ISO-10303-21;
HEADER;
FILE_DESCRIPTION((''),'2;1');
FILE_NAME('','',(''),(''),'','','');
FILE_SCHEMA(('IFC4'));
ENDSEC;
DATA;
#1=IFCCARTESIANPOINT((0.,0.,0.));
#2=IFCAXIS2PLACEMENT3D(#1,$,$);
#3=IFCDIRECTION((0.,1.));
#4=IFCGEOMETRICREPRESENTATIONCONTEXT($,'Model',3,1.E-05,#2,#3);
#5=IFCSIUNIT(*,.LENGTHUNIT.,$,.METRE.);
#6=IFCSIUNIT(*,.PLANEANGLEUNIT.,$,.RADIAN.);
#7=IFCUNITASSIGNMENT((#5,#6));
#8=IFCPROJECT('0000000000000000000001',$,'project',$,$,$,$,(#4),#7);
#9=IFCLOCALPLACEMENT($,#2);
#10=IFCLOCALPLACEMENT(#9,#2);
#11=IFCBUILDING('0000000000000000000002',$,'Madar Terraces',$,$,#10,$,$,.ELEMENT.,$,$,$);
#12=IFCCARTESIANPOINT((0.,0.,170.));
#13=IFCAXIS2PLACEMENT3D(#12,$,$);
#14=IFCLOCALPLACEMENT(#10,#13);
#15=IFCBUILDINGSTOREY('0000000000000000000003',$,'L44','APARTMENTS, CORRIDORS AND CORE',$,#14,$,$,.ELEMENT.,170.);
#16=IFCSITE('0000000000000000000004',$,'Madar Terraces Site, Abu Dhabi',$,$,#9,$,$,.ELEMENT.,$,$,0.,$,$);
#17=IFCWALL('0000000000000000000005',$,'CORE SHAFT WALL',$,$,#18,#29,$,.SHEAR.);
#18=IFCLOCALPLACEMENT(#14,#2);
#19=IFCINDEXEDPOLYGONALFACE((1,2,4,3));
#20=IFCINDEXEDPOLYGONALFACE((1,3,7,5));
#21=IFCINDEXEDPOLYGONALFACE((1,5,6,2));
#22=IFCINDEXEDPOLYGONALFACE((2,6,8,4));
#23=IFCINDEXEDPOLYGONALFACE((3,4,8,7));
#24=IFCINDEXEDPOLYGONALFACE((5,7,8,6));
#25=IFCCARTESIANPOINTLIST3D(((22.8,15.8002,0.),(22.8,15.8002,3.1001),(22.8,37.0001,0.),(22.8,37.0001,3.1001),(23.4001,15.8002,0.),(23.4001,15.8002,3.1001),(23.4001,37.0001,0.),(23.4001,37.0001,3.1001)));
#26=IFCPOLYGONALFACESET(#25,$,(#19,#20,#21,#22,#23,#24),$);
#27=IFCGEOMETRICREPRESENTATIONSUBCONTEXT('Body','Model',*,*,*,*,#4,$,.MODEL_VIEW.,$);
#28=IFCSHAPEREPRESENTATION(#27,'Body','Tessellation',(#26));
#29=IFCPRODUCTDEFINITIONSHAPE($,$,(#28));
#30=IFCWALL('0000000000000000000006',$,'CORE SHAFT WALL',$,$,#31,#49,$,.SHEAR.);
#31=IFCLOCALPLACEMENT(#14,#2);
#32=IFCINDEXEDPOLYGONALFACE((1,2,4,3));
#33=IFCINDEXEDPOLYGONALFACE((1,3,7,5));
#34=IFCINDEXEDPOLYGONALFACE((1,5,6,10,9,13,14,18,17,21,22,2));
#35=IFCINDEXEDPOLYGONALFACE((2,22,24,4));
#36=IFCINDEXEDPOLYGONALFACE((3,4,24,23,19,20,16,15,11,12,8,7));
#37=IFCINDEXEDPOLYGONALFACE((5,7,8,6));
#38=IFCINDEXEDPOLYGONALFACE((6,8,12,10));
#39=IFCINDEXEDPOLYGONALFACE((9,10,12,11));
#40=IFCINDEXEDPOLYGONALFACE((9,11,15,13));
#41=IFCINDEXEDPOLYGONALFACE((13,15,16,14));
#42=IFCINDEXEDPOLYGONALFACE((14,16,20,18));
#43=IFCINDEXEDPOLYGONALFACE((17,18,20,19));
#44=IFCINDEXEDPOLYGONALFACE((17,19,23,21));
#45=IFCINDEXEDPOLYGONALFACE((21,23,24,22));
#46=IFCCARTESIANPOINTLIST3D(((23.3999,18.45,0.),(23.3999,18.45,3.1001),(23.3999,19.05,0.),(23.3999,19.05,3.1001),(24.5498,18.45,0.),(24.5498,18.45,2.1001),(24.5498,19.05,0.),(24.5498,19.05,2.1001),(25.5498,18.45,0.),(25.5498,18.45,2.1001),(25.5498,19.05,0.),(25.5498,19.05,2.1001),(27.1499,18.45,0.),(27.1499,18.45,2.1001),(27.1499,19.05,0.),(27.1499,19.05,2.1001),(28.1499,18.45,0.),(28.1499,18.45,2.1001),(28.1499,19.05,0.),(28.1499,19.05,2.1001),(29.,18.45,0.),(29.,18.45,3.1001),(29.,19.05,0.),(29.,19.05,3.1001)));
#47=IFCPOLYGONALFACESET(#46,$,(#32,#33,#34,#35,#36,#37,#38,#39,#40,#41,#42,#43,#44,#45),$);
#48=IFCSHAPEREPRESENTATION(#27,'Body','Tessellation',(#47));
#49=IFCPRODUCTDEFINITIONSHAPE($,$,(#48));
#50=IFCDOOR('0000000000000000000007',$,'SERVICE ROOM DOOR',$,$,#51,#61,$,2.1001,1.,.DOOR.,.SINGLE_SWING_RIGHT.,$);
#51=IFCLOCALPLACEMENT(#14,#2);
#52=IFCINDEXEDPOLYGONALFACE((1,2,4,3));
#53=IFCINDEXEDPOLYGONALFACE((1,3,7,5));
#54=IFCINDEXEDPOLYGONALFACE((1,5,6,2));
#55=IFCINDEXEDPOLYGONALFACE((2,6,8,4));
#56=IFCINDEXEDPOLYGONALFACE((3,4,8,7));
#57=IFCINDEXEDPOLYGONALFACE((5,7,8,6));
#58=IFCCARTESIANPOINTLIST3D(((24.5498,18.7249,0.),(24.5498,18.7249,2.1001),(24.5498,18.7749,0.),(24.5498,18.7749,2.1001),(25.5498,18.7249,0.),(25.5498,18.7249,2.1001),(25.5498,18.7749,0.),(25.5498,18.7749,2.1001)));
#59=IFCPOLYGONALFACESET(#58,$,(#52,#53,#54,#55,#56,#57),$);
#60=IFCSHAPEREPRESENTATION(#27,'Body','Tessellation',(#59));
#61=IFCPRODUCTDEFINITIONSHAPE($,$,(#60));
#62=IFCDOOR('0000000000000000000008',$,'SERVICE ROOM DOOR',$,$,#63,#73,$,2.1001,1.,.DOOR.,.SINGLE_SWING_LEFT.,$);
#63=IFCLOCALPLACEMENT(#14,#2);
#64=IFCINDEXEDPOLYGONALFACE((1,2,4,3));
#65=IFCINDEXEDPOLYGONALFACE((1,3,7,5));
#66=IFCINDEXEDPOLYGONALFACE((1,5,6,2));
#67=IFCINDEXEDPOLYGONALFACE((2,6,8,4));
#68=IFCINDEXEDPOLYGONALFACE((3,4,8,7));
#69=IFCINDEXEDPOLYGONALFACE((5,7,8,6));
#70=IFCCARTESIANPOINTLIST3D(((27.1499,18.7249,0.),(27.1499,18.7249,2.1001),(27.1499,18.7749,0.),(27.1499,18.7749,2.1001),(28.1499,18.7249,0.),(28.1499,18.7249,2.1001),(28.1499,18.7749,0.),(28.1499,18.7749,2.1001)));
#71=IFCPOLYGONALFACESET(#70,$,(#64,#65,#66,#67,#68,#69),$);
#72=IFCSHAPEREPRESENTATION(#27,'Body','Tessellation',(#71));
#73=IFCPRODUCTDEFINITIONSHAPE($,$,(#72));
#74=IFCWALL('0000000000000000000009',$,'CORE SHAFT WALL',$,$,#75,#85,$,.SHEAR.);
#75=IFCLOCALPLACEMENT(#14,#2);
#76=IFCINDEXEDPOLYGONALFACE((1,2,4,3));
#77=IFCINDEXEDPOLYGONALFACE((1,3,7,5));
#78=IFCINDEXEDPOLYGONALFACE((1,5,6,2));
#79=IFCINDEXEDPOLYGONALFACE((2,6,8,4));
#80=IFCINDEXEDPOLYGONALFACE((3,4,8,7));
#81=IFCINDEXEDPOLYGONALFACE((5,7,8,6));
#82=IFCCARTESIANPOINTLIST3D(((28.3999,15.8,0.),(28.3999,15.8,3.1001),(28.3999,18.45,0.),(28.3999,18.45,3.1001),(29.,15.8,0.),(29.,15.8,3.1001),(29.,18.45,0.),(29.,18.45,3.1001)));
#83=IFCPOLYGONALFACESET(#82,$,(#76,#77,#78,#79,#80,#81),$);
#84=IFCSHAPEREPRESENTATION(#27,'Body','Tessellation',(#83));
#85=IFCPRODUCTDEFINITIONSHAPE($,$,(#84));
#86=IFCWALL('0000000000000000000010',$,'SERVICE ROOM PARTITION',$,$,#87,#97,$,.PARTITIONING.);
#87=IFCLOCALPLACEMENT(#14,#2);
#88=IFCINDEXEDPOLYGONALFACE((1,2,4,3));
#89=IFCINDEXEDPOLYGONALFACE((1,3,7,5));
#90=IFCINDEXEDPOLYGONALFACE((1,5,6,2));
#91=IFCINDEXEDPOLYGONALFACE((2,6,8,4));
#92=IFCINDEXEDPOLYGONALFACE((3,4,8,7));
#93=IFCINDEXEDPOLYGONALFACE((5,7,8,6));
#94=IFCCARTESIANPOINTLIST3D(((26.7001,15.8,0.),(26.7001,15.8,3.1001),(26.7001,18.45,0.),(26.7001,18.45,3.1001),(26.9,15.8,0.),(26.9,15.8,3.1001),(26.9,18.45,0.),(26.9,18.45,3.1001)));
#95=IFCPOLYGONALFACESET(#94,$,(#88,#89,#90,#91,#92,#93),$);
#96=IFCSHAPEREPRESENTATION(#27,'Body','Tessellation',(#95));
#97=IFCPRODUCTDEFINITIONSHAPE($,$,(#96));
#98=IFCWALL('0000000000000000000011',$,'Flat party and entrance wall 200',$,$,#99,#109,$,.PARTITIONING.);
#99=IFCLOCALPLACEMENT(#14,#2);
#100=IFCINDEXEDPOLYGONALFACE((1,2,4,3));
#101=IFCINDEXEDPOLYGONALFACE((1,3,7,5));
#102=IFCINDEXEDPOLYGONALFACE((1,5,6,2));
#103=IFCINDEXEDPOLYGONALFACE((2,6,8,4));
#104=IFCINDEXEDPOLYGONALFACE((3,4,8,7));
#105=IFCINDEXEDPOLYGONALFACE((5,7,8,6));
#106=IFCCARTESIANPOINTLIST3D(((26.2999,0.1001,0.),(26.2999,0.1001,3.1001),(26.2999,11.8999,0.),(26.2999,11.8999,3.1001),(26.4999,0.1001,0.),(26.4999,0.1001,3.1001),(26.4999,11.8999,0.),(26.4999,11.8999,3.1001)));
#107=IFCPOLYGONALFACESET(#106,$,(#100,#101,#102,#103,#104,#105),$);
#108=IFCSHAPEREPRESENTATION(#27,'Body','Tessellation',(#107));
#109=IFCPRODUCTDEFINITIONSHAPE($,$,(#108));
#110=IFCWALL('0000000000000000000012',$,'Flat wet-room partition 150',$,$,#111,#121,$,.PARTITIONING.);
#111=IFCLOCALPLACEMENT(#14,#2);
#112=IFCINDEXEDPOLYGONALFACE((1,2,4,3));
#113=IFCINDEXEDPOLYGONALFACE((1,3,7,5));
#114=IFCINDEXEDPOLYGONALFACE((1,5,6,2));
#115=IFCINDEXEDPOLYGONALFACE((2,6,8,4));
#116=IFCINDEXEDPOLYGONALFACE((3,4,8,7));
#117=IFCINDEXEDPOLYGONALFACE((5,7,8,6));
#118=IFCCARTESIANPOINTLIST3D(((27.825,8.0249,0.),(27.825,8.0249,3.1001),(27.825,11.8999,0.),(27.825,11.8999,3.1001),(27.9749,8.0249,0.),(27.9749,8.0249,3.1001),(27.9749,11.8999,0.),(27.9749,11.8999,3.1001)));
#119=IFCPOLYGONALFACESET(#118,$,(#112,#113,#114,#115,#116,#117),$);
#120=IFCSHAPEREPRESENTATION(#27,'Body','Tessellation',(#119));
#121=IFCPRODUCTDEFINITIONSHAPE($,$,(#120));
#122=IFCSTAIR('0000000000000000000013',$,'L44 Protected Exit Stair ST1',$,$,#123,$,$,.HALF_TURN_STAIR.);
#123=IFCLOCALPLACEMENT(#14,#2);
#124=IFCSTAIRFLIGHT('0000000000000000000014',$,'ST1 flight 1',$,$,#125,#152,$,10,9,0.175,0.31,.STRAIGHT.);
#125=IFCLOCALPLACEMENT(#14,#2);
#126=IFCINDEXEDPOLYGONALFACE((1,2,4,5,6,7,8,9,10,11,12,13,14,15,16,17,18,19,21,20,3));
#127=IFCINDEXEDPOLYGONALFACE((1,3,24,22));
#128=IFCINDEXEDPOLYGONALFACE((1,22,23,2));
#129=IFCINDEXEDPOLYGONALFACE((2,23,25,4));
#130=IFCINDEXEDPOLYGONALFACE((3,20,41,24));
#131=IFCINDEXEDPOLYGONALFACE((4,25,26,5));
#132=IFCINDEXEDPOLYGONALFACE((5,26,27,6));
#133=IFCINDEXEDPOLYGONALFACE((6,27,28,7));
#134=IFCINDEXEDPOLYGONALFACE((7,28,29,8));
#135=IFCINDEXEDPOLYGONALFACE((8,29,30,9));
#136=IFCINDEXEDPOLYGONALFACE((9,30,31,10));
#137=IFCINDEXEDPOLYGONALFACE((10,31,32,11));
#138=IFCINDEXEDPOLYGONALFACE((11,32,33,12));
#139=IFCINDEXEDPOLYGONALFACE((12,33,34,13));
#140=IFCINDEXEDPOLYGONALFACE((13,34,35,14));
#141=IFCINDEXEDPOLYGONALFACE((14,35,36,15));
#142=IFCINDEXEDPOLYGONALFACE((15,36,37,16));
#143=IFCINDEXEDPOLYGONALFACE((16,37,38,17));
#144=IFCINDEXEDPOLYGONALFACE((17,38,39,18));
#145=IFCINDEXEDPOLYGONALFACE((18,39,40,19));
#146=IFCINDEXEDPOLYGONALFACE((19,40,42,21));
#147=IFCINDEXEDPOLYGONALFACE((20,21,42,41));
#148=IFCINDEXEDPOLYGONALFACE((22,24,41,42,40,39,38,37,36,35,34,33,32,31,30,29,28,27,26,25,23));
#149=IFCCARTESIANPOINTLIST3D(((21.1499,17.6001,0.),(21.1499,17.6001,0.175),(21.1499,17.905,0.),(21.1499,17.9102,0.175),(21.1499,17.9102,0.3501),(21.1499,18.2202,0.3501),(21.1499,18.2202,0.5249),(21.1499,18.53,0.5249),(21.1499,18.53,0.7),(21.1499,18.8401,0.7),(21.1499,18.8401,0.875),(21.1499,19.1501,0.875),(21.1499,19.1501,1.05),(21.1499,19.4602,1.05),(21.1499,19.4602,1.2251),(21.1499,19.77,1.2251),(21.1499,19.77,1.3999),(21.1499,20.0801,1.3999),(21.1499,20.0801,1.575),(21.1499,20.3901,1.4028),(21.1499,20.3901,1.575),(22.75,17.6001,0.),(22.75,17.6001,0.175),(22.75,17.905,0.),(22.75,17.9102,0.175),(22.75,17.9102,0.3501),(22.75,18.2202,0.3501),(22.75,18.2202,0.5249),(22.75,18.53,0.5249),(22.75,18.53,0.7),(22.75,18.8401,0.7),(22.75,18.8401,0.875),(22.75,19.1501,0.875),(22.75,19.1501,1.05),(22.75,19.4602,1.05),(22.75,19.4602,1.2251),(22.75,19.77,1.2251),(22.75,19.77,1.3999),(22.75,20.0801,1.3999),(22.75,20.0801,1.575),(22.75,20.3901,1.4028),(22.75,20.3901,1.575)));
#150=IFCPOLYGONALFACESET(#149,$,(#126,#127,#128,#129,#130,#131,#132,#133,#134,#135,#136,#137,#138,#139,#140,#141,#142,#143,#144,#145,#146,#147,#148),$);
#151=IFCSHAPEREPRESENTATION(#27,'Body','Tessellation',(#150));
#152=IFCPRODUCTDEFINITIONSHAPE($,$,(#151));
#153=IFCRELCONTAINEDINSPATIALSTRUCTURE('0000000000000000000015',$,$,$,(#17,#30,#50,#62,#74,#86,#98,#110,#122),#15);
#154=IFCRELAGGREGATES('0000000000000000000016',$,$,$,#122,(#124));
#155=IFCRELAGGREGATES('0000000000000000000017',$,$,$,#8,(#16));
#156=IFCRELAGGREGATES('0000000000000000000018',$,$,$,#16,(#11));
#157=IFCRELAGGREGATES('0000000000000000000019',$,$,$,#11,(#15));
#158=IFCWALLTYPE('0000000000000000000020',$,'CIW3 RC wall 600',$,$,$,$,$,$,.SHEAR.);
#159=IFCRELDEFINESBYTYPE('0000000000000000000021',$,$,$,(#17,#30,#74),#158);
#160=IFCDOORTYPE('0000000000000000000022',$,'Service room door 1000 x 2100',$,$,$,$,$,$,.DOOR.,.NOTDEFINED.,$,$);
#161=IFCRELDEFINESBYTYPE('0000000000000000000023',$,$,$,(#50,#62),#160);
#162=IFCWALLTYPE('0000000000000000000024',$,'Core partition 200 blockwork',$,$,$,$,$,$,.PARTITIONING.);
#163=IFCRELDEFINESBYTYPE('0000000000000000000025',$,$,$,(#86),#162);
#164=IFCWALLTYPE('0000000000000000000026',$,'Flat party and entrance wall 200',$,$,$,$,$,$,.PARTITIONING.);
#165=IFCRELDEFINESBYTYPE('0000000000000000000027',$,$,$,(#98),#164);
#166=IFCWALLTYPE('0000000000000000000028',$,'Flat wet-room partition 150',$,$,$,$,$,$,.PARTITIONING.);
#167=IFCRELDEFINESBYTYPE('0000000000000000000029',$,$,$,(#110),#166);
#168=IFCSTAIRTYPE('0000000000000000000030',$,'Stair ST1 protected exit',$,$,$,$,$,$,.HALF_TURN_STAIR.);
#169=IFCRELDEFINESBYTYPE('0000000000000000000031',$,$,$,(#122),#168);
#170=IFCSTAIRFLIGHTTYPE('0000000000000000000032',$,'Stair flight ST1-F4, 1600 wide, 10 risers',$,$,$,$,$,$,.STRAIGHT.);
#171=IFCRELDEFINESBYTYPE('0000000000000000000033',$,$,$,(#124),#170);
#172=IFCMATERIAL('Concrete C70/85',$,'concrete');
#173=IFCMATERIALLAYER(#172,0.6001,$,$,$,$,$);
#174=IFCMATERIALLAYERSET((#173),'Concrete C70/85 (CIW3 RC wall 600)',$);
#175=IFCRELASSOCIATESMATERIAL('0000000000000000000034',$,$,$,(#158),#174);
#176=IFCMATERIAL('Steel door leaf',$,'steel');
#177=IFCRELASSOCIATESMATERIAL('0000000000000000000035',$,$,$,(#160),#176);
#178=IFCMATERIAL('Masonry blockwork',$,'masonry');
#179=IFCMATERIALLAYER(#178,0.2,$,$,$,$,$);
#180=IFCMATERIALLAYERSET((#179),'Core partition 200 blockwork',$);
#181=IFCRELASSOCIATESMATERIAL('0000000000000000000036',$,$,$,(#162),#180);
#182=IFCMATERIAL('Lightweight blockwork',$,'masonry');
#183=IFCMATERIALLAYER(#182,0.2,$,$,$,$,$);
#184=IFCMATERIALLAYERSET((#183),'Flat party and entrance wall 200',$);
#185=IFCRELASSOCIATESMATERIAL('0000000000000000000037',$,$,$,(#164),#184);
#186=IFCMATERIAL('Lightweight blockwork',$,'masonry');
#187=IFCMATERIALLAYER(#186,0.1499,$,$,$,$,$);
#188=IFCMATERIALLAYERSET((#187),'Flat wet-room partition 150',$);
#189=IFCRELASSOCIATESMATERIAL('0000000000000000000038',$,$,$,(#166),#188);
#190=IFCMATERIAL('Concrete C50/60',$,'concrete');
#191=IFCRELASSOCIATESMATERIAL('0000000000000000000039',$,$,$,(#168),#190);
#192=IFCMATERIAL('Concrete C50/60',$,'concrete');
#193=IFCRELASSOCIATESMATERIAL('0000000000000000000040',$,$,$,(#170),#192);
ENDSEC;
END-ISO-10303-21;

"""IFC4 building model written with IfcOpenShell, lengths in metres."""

from ifc_helpers import new_model, si_unit, direction, frame, frame_2d, origin, place, context, subcontext, project, spatial, polyline, rectangle, outline, extrude, material, layer, layer_set, type_object, element, fill, aggregate, save


model = new_model("IFC4")

# Units and contexts
model_context = context("Model", 3, precision=1e-05, world=origin(), true_north=direction((0.0, 1.0)))
body_context = subcontext(model_context, "Body", "Model", "MODEL_VIEW")
ifc_project = project(units=[si_unit("LENGTHUNIT", "METRE"), si_unit("PLANEANGLEUNIT", "RADIAN")], contexts=[model_context])

# Site, building, storey
site_placement = place(None, origin())
site = spatial("IfcSite", under=ifc_project, at=site_placement, Name="Madar Terraces Site, Abu Dhabi", CompositionType="ELEMENT", RefElevation=0.0)
building_placement = place(site_placement, origin())
building = spatial("IfcBuilding", under=site, at=building_placement, Name="Madar Terraces", CompositionType="ELEMENT")
storey_placement = place(building_placement, frame((0.0, 0.0, 170.0)))
storey = spatial("IfcBuildingStorey", under=building, at=storey_placement, Name="L44", Description="APARTMENTS, CORRIDORS AND CORE", CompositionType="ELEMENT", Elevation=170.0)

# Wall
ifc_material_1 = material(Name="Concrete C70/85", Category="concrete")
ifc_layer_1 = layer(ifc_material_1, 0.6001)
ifc_layer_set_1 = layer_set([ifc_layer_1], Name="Concrete C70/85 (CIW3 RC wall 600)")
wall_type_1 = type_object("IfcWallType", Name="CIW3 RC wall 600", PredefinedType="SHEAR", material=ifc_layer_set_1)
wall_1_placement = place(storey_placement, frame((23.1001, 15.8, 0.0), z_axis=(0.0, 0.0, 1.0), x_axis=(0.0, 1.0, 0.0)))
element("IfcWall", 1, at=wall_1_placement, inside=storey, type_object=wall_type_1, Name="CORE SHAFT WALL", PredefinedType="SHEAR", context=body_context, shape_type="SweptSolid", body=[
    extrude(rectangle(XDim=21.2, YDim=0.6001, at=frame_2d((10.6001, 0.0))), origin(), (0.0, 0.0, 1.0), 3.1001),
])

# Wall, openings, doors
wall_2_placement = place(storey_placement, frame((23.3999, 18.75, 0.0), z_axis=(0.0, 0.0, 1.0), x_axis=(1.0, 0.0, 0.0)))
wall_2 = element("IfcWall", 2, at=wall_2_placement, inside=storey, type_object=wall_type_1, Name="CORE SHAFT WALL", PredefinedType="SHEAR", context=body_context, shape_type="SweptSolid", body=[
    extrude(rectangle(XDim=5.6001, YDim=0.6001, at=frame_2d((2.8, 0.0))), origin(), (0.0, 0.0, 1.0), 3.1001),
])
opening_1_placement = place(wall_2_placement, frame((1.1499, 0.0, 0.0)))
opening_1 = element("IfcOpeningElement", 3, at=opening_1_placement, cuts=wall_2, PredefinedType="OPENING", context=body_context, shape_type="SweptSolid", body=[
    extrude(rectangle(XDim=1.0, YDim=2.1001, at=frame_2d((0.5, 1.05))), frame((0.0, 0.3101, 0.0), z_axis=(0.0, -1.0, 0.0), x_axis=(1.0, 0.0, 0.0)), (0.0, 0.0, 1.0), 0.6201),
])
opening_2_placement = place(wall_2_placement, frame((3.75, 0.0, 0.0)))
opening_2 = element("IfcOpeningElement", 4, at=opening_2_placement, cuts=wall_2, PredefinedType="OPENING", context=body_context, shape_type="SweptSolid", body=[
    extrude(rectangle(XDim=1.0, YDim=2.1001, at=frame_2d((0.5, 1.05))), frame((0.0, 0.3101, 0.0), z_axis=(0.0, -1.0, 0.0), x_axis=(1.0, 0.0, 0.0)), (0.0, 0.0, 1.0), 0.6201),
])
ifc_material_2 = material(Name="Steel door leaf", Category="steel")
door_type = type_object("IfcDoorType", Name="Service room door 1000 x 2100", OperationType="NOTDEFINED", PredefinedType="DOOR", material=ifc_material_2)
door_1_placement = place(opening_1_placement, origin())
door_1 = element("IfcDoor", 5, at=door_1_placement, inside=storey, type_object=door_type, Name="SERVICE ROOM DOOR", OperationType="SINGLE_SWING_RIGHT", OverallHeight=2.1001, OverallWidth=1.0, PredefinedType="DOOR", context=body_context, shape_type="SweptSolid", body=[
    extrude(rectangle(XDim=1.0, YDim=2.1001, at=frame_2d((0.5, 1.05))), frame((0.0, 0.0249, 0.0), z_axis=(0.0, -1.0, 0.0), x_axis=(1.0, 0.0, 0.0)), (0.0, 0.0, 1.0), 0.05),
])
fill(opening_1, door_1)
door_2_placement = place(opening_2_placement, origin())
door_2 = element("IfcDoor", 6, at=door_2_placement, inside=storey, type_object=door_type, Name="SERVICE ROOM DOOR", OperationType="SINGLE_SWING_LEFT", OverallHeight=2.1001, OverallWidth=1.0, PredefinedType="DOOR", context=body_context, shape_type="SweptSolid", body=[
    extrude(rectangle(XDim=1.0, YDim=2.1001, at=frame_2d((0.5, 1.05))), frame((0.0, 0.0249, 0.0), z_axis=(0.0, -1.0, 0.0), x_axis=(1.0, 0.0, 0.0)), (0.0, 0.0, 1.0), 0.05),
])
fill(opening_2, door_2)

# Walls
wall_3_placement = place(storey_placement, frame((28.7, 15.8, 0.0), z_axis=(0.0, 0.0, 1.0), x_axis=(0.0, 1.0, 0.0)))
element("IfcWall", 7, at=wall_3_placement, inside=storey, type_object=wall_type_1, Name="CORE SHAFT WALL", PredefinedType="SHEAR", context=body_context, shape_type="SweptSolid", body=[
    extrude(rectangle(XDim=2.6499, YDim=0.6001, at=frame_2d((1.325, 0.0))), origin(), (0.0, 0.0, 1.0), 3.1001),
])
ifc_material_3 = material(Name="Masonry blockwork", Category="masonry")
ifc_layer_2 = layer(ifc_material_3, 0.2)
ifc_layer_set_2 = layer_set([ifc_layer_2], Name="Core partition 200 blockwork")
wall_type_2 = type_object("IfcWallType", Name="Core partition 200 blockwork", PredefinedType="PARTITIONING", material=ifc_layer_set_2)
wall_4_placement = place(storey_placement, frame((26.8, 15.8, 0.0), z_axis=(0.0, 0.0, 1.0), x_axis=(0.0, 1.0, 0.0)))
element("IfcWall", 8, at=wall_4_placement, inside=storey, type_object=wall_type_2, Name="SERVICE ROOM PARTITION", PredefinedType="PARTITIONING", context=body_context, shape_type="SweptSolid", body=[
    extrude(rectangle(XDim=2.6499, YDim=0.2, at=frame_2d((1.325, 0.0))), origin(), (0.0, 0.0, 1.0), 3.1001),
])
ifc_material_4 = material(Name="Lightweight blockwork", Category="masonry")
ifc_layer_3 = layer(ifc_material_4, 0.2)
ifc_layer_set_3 = layer_set([ifc_layer_3], Name="Flat party and entrance wall 200")
wall_type_3 = type_object("IfcWallType", Name="Flat party and entrance wall 200", PredefinedType="PARTITIONING", material=ifc_layer_set_3)
wall_5_placement = place(storey_placement, frame((26.3999, 11.8999, 0.0), z_axis=(0.0, 0.0, 1.0), x_axis=(0.0, -1.0, 0.0)))
element("IfcWall", 9, at=wall_5_placement, inside=storey, type_object=wall_type_3, Name="Flat party and entrance wall 200", PredefinedType="PARTITIONING", context=body_context, shape_type="SweptSolid", body=[
    extrude(rectangle(XDim=11.7998, YDim=0.2, at=frame_2d((5.8999, 0.0))), origin(), (0.0, 0.0, 1.0), 3.1001),
])
ifc_material_5 = material(Name="Lightweight blockwork", Category="masonry")
ifc_layer_4 = layer(ifc_material_5, 0.1499)
ifc_layer_set_4 = layer_set([ifc_layer_4], Name="Flat wet-room partition 150")
wall_type_4 = type_object("IfcWallType", Name="Flat wet-room partition 150", PredefinedType="PARTITIONING", material=ifc_layer_set_4)
wall_6_placement = place(storey_placement, frame((27.8999, 11.8999, 0.0), z_axis=(0.0, 0.0, 1.0), x_axis=(0.0, -1.0, 0.0)))
element("IfcWall", 10, at=wall_6_placement, inside=storey, type_object=wall_type_4, Name="Flat wet-room partition 150", PredefinedType="PARTITIONING", context=body_context, shape_type="SweptSolid", body=[
    extrude(rectangle(XDim=3.875, YDim=0.1499, at=frame_2d((1.9375, 0.0))), origin(), (0.0, 0.0, 1.0), 3.1001),
])

# Stair, stair flight
ifc_material_6 = material(Name="Concrete C50/60", Category="concrete")
stair_type = type_object("IfcStairType", Name="Stair ST1 protected exit", PredefinedType="HALF_TURN_STAIR", material=ifc_material_6)
stair_placement = place(storey_placement, origin())
stair = element("IfcStair", 11, at=stair_placement, inside=storey, type_object=stair_type, Name="L44 Protected Exit Stair ST1", PredefinedType="HALF_TURN_STAIR")
ifc_material_7 = material(Name="Concrete C50/60", Category="concrete")
stair_flight_type = type_object("IfcStairFlightType", Name="Stair flight ST1-F4, 1600 wide, 10 risers", PredefinedType="STRAIGHT", material=ifc_material_7)
stair_flight_placement = place(storey_placement, frame((21.95, 17.6001, 0.0), z_axis=(0.0, 0.0, 1.0), x_axis=(0.0, 1.0, 0.0)))
stair_flight = element("IfcStairFlight", 12, at=stair_flight_placement, type_object=stair_flight_type, Name="ST1 flight 1", NumberOfRisers=10, NumberOfTreads=9, PredefinedType="STRAIGHT", RiserHeight=0.175, TreadLength=0.31, context=body_context, shape_type="SweptSolid", body=[
    extrude(outline(polyline([(0.0, 0.0), (0.0, 0.175), (0.3101, 0.175), (0.3101, 0.3501), (0.6201, 0.3501), (0.6201, 0.5249), (0.9299, 0.5249), (0.9299, 0.7), (1.24, 0.7), (1.24, 0.875), (1.55, 0.875), (1.55, 1.05), (1.8601, 1.05), (1.8601, 1.2251), (2.1699, 1.2251), (2.1699, 1.3999), (2.48, 1.3999), (2.48, 1.575), (2.79, 1.575), (2.79, 1.75), (2.79, 1.4028), (0.3049, 0.0), (0.0, 0.0)])), frame((0.0, 0.8, 0.0), z_axis=(0.0, -1.0, 0.0), x_axis=(1.0, 0.0, 0.0)), (0.0, 0.0, 1.0), 1.6001),
])
aggregate(stair, [stair_flight])

save(model, "model.ifc")
